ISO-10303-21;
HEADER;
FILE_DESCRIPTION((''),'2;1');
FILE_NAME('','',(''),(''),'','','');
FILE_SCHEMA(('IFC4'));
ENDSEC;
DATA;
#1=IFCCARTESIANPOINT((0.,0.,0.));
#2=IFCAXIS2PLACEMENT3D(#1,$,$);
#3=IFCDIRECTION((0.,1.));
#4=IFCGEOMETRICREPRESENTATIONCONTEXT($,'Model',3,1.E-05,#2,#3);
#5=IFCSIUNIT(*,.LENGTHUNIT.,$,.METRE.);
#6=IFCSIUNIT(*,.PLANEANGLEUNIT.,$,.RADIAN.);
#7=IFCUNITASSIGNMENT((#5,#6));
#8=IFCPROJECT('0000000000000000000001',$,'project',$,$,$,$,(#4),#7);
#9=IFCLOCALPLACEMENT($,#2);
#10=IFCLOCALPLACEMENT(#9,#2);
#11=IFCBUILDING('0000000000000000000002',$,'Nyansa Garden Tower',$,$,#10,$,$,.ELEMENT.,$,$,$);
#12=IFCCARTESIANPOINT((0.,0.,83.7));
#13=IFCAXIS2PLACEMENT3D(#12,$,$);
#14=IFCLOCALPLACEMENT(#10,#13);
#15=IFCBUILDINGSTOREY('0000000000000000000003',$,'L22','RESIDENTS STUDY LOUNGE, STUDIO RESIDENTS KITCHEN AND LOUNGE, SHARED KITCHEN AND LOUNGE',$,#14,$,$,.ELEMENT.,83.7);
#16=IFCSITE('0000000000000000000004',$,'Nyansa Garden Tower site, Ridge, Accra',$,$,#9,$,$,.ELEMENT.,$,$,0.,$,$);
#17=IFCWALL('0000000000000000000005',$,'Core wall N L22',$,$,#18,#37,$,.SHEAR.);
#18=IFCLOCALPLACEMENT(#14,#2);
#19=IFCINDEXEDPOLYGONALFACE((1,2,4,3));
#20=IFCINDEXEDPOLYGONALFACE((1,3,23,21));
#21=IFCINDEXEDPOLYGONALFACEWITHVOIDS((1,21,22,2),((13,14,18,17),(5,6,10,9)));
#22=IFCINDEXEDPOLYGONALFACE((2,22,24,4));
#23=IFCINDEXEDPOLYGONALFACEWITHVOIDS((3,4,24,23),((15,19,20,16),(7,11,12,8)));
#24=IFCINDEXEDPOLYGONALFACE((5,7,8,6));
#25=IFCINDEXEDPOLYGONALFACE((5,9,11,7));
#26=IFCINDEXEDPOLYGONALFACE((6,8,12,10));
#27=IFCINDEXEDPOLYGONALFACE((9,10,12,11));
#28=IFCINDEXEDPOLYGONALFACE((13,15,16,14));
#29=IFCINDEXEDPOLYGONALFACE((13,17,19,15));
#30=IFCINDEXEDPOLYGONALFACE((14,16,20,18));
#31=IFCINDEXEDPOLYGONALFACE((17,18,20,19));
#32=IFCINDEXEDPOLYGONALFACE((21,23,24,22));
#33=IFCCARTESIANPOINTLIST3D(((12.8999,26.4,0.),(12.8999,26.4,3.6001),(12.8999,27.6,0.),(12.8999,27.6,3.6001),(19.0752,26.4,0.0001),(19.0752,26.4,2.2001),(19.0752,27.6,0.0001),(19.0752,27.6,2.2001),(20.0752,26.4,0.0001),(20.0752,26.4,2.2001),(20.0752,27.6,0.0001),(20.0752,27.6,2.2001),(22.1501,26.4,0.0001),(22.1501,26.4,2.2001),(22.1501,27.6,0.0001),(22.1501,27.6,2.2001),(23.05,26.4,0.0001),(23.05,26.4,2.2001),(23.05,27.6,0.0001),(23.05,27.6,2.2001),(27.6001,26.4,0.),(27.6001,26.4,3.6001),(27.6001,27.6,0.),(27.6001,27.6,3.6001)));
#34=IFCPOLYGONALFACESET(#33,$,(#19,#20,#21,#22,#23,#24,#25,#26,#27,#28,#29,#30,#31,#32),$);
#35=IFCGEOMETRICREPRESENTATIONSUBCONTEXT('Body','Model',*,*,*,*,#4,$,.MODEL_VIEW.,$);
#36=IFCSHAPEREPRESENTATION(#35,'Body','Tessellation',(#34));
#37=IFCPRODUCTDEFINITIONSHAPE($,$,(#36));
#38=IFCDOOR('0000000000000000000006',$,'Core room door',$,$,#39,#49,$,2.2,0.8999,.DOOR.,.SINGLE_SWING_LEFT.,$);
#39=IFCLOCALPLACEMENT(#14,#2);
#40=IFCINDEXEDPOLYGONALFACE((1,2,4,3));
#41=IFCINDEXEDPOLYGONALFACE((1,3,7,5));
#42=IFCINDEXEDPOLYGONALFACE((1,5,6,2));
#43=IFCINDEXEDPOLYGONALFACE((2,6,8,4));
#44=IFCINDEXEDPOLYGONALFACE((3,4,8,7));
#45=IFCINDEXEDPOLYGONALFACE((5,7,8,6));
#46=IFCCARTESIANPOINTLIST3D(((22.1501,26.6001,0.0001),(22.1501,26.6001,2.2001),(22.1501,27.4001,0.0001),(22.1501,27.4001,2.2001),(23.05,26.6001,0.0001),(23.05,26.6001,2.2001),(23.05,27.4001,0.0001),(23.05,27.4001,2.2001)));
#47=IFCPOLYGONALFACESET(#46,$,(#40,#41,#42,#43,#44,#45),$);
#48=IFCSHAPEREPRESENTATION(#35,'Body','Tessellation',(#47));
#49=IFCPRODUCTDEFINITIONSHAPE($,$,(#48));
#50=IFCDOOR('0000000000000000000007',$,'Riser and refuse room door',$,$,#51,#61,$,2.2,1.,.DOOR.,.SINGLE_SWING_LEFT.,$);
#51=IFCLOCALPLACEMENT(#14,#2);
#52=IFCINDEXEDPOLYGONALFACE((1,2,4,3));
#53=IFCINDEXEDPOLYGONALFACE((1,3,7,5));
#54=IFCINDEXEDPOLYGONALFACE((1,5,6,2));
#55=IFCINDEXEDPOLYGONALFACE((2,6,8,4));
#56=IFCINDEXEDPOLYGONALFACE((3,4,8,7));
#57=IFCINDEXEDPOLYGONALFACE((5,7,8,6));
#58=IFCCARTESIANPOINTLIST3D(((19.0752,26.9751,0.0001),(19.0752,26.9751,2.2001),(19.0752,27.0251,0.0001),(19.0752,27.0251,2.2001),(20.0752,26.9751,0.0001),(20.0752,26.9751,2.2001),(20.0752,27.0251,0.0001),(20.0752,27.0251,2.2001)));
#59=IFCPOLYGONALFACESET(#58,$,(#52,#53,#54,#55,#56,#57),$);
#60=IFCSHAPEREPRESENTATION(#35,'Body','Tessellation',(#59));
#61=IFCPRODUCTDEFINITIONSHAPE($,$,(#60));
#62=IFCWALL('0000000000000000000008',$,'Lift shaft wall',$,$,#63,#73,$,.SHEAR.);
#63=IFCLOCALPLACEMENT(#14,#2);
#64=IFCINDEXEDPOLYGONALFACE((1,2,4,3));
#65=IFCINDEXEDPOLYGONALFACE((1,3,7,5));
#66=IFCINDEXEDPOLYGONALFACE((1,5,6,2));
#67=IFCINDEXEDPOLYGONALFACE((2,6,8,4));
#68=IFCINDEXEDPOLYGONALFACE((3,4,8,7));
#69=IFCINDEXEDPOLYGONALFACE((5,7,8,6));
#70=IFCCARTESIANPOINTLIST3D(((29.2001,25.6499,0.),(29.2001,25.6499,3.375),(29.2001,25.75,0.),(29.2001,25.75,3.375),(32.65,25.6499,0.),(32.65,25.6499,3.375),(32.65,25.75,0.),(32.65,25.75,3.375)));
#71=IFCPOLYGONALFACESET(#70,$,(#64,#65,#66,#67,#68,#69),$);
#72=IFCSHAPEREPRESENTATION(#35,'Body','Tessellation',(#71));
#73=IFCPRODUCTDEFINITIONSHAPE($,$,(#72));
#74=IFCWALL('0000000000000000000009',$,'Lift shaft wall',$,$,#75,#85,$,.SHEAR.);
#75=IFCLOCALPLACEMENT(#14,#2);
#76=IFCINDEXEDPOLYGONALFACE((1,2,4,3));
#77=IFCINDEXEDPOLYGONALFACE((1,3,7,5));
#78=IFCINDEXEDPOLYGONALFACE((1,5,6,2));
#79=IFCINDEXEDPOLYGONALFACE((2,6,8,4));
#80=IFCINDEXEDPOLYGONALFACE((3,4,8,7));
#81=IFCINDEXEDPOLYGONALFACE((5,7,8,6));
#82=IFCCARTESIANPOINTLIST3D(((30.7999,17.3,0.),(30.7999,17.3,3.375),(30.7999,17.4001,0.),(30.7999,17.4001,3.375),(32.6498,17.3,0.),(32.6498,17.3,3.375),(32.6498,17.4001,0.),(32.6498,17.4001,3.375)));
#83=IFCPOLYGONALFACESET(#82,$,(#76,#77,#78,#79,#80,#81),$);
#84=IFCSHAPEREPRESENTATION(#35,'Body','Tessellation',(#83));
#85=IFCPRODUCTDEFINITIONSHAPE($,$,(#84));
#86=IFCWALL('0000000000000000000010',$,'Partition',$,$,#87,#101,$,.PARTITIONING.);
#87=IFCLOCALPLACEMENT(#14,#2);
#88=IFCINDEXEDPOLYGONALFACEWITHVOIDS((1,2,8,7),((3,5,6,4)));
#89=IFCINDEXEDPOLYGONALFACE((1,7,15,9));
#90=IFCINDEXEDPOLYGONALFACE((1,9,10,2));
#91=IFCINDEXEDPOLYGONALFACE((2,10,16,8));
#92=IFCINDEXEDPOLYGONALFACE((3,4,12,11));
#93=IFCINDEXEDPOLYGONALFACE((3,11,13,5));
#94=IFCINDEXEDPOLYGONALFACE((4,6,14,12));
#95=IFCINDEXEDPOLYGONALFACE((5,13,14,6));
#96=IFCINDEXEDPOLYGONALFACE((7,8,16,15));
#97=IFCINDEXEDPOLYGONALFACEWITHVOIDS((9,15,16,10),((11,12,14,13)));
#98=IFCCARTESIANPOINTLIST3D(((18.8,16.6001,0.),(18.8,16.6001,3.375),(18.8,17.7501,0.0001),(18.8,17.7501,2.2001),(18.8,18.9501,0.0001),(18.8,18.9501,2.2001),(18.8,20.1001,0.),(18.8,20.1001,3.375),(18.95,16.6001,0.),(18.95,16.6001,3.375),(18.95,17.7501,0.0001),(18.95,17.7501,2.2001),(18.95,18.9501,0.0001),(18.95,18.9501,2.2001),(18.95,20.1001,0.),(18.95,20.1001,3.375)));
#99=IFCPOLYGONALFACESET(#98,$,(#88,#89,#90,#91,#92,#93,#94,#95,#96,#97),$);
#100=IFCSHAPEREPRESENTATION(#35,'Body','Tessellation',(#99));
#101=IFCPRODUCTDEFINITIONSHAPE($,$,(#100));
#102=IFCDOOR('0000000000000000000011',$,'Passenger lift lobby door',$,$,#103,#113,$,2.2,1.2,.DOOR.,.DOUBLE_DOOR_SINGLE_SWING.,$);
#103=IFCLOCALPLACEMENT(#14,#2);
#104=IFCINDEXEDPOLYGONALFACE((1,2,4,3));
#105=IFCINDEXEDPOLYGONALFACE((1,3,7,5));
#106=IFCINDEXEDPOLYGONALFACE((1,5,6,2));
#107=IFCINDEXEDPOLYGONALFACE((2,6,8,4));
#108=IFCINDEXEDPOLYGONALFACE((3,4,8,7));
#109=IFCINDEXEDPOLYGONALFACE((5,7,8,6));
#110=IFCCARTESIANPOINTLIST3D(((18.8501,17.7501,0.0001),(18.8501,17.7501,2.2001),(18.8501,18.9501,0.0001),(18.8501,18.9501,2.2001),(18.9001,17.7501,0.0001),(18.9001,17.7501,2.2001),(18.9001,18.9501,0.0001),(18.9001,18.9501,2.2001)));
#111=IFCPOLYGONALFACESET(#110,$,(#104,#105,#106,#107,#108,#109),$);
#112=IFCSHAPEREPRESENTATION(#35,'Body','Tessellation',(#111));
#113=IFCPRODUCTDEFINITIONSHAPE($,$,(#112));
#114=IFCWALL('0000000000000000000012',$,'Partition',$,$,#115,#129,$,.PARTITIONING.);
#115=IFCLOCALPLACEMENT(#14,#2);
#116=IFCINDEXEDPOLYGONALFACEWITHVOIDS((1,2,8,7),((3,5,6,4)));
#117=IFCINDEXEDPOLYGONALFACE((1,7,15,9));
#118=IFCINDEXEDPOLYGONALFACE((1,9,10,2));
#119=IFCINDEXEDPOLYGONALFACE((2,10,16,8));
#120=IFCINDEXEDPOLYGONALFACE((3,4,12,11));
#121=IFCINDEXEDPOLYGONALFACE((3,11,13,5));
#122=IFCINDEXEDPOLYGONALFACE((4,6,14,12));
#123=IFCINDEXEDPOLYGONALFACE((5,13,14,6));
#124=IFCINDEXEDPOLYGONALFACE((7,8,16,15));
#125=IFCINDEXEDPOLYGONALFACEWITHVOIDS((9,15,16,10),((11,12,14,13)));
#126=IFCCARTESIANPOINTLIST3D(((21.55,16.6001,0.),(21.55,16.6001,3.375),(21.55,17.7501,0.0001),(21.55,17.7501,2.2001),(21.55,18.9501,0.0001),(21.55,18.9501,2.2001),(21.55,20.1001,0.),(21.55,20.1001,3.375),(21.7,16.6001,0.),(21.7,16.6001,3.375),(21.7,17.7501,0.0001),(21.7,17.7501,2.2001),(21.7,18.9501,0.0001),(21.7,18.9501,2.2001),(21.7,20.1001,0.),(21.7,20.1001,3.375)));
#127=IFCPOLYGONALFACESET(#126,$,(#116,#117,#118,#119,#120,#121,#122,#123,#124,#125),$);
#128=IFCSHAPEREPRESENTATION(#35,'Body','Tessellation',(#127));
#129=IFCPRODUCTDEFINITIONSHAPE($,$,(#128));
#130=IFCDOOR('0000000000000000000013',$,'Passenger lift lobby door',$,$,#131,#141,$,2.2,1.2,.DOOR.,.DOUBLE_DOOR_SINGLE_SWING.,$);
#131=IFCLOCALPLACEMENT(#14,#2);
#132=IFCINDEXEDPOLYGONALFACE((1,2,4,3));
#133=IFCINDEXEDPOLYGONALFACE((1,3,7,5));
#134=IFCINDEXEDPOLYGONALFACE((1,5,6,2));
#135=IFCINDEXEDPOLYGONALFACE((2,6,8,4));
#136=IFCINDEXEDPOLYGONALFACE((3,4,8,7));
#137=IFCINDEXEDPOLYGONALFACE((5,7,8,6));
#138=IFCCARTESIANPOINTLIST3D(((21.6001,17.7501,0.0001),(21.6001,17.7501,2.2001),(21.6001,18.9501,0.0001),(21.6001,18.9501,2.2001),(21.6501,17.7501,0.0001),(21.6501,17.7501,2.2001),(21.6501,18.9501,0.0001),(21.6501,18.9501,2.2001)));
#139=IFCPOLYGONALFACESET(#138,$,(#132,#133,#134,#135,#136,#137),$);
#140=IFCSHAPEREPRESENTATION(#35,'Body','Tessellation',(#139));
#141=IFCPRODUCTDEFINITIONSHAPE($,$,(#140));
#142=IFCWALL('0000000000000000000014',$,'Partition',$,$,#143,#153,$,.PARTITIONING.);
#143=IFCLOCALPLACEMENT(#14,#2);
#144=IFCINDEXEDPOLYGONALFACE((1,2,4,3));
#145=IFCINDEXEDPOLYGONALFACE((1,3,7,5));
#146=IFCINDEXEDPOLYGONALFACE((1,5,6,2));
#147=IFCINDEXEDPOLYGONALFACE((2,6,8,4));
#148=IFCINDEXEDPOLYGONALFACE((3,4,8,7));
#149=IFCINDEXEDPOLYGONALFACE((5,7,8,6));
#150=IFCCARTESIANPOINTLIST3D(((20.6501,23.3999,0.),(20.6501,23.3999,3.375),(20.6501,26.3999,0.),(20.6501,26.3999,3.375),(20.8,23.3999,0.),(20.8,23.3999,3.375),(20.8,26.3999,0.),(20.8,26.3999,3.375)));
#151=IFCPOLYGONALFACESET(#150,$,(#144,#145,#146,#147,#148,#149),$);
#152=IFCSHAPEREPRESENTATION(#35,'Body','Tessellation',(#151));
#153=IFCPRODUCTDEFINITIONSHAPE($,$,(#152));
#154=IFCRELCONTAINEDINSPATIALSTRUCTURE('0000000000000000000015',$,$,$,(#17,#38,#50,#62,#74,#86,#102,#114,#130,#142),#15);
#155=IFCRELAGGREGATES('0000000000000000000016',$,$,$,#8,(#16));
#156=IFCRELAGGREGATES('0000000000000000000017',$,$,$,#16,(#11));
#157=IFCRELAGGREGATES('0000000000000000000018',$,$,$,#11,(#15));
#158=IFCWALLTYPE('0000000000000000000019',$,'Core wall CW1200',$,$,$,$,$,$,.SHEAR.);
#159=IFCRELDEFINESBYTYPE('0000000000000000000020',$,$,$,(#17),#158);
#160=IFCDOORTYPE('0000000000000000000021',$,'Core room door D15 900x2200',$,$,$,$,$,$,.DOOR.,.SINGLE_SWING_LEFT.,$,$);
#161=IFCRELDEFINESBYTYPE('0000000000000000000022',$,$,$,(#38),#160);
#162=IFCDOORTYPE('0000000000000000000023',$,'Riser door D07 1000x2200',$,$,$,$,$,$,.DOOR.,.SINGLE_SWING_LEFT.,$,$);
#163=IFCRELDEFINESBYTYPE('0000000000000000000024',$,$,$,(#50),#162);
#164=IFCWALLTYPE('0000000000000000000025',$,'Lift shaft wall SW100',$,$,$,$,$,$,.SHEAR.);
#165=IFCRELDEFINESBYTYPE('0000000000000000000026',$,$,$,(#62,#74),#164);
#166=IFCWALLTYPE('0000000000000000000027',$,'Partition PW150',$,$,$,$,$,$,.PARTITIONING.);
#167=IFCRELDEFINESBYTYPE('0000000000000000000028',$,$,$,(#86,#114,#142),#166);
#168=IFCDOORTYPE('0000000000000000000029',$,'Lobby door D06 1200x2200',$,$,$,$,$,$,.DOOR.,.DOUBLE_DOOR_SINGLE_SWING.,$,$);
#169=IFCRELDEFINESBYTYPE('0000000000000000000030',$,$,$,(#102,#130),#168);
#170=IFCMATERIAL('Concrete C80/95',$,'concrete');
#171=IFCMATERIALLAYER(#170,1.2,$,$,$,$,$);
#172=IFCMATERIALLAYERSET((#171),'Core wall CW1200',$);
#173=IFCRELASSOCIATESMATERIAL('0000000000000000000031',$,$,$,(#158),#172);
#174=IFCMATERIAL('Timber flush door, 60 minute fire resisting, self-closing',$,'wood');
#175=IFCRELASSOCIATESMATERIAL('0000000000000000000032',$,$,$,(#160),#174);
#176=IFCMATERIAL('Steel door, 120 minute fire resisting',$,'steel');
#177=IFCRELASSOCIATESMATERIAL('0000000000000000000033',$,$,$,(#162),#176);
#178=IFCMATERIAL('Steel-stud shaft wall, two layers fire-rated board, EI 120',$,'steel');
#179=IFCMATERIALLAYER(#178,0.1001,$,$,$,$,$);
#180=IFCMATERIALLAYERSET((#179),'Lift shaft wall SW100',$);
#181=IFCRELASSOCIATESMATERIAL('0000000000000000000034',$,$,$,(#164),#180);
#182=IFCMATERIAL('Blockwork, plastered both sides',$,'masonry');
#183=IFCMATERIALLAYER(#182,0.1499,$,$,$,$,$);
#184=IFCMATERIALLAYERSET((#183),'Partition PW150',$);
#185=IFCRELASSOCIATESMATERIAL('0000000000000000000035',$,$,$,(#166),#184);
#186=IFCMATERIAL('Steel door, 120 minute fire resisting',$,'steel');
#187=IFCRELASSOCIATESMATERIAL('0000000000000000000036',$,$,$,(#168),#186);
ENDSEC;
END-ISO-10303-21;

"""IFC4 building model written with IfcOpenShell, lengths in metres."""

from ifc_helpers import new_model, si_unit, direction, frame, frame_2d, origin, place, context, subcontext, project, spatial, rectangle, extrude, material, layer, layer_set, type_object, element, fill, save


model = new_model("IFC4")

# Units and contexts
model_context = context("Model", 3, precision=1e-05, world=origin(), true_north=direction((0.0, 1.0)))
body_context = subcontext(model_context, "Body", "Model", "MODEL_VIEW")
ifc_project = project(units=[si_unit("LENGTHUNIT", "METRE"), si_unit("PLANEANGLEUNIT", "RADIAN")], contexts=[model_context])

# Site, building, storey
site_placement = place(None, origin())
site = spatial("IfcSite", under=ifc_project, at=site_placement, Name="Nyansa Garden Tower site, Ridge, Accra", CompositionType="ELEMENT", RefElevation=0.0)
building_placement = place(site_placement, origin())
building = spatial("IfcBuilding", under=site, at=building_placement, Name="Nyansa Garden Tower", CompositionType="ELEMENT")
storey_placement = place(building_placement, frame((0.0, 0.0, 83.7)))
storey = spatial("IfcBuildingStorey", under=building, at=storey_placement, Name="L22", Description="RESIDENTS STUDY LOUNGE, STUDIO RESIDENTS KITCHEN AND LOUNGE, SHARED KITCHEN AND LOUNGE", CompositionType="ELEMENT", Elevation=83.7)

# Wall, openings, doors
ifc_material_1 = material(Name="Concrete C80/95", Category="concrete")
ifc_layer_1 = layer(ifc_material_1, 1.2)
ifc_layer_set_1 = layer_set([ifc_layer_1], Name="Core wall CW1200")
wall_type_1 = type_object("IfcWallType", Name="Core wall CW1200", PredefinedType="SHEAR", material=ifc_layer_set_1)
wall_1_placement = place(storey_placement, frame((27.6001, 27.0, 0.0), z_axis=(0.0, 0.0, 1.0), x_axis=(-1.0, 0.0, 0.0)))
wall_1 = element("IfcWall", 1, at=wall_1_placement, inside=storey, type_object=wall_type_1, Name="Core wall N L22", PredefinedType="SHEAR", context=body_context, shape_type="SweptSolid", body=[
    extrude(rectangle(XDim=14.7002, YDim=1.2, at=frame_2d((7.3501, 0.0))), origin(), (0.0, 0.0, 1.0), 3.6001),
])
opening_1_placement = place(wall_1_placement, frame((4.55, 0.0, 0.0)))
opening_1 = element("IfcOpeningElement", 2, at=opening_1_placement, cuts=wall_1, PredefinedType="OPENING", context=body_context, shape_type="SweptSolid", body=[
    extrude(rectangle(XDim=0.8999, YDim=2.2, at=frame_2d((0.45, 1.1001))), frame((0.0, 0.6099, 0.0), z_axis=(0.0, -1.0, 0.0), x_axis=(1.0, 0.0, 0.0)), (0.0, 0.0, 1.0), 1.22),
])
opening_2_placement = place(wall_1_placement, frame((7.5249, 0.0, 0.0)))
opening_2 = element("IfcOpeningElement", 3, at=opening_2_placement, cuts=wall_1, PredefinedType="OPENING", context=body_context, shape_type="SweptSolid", body=[
    extrude(rectangle(XDim=1.0, YDim=2.2, at=frame_2d((0.5, 1.1001))), frame((0.0, 0.6099, 0.0), z_axis=(0.0, -1.0, 0.0), x_axis=(1.0, 0.0, 0.0)), (0.0, 0.0, 1.0), 1.22),
])
ifc_material_2 = material(Name="Timber flush door, 60 minute fire resisting, self-closing", Category="wood")
door_type_1 = type_object("IfcDoorType", Name="Core room door D15 900x2200", OperationType="SINGLE_SWING_LEFT", PredefinedType="DOOR", material=ifc_material_2)
door_1_placement = place(opening_1_placement, origin())
door_1 = element("IfcDoor", 4, at=door_1_placement, inside=storey, type_object=door_type_1, Name="Core room door", OperationType="SINGLE_SWING_LEFT", OverallHeight=2.2, OverallWidth=0.8999, PredefinedType="DOOR", context=body_context, shape_type="SweptSolid", body=[
    extrude(rectangle(XDim=0.8999, YDim=2.2, at=frame_2d((0.45, 1.1001))), frame((0.0, 0.3999, 0.0), z_axis=(0.0, -1.0, 0.0), x_axis=(1.0, 0.0, 0.0)), (0.0, 0.0, 1.0), 0.8),
])
fill(opening_1, door_1)
ifc_material_3 = material(Name="Steel door, 120 minute fire resisting", Category="steel")
door_type_2 = type_object("IfcDoorType", Name="Riser door D07 1000x2200", OperationType="SINGLE_SWING_LEFT", PredefinedType="DOOR", material=ifc_material_3)
door_2_placement = place(opening_2_placement, origin())
door_2 = element("IfcDoor", 5, at=door_2_placement, inside=storey, type_object=door_type_2, Name="Riser and refuse room door", OperationType="SINGLE_SWING_LEFT", OverallHeight=2.2, OverallWidth=1.0, PredefinedType="DOOR", context=body_context, shape_type="SweptSolid", body=[
    extrude(rectangle(XDim=1.0, YDim=2.2, at=frame_2d((0.5, 1.1001))), frame((0.0, 0.0249, 0.0), z_axis=(0.0, -1.0, 0.0), x_axis=(1.0, 0.0, 0.0)), (0.0, 0.0, 1.0), 0.05),
])
fill(opening_2, door_2)

# Walls
ifc_material_4 = material(Name="Steel-stud shaft wall, two layers fire-rated board, EI 120", Category="steel")
ifc_layer_2 = layer(ifc_material_4, 0.1001)
ifc_layer_set_2 = layer_set([ifc_layer_2], Name="Lift shaft wall SW100")
wall_type_2 = type_object("IfcWallType", Name="Lift shaft wall SW100", PredefinedType="SHEAR", material=ifc_layer_set_2)
wall_2_placement = place(storey_placement, frame((29.2, 25.7, 0.0), z_axis=(0.0, 0.0, 1.0), x_axis=(1.0, 0.0, 0.0)))
element("IfcWall", 6, at=wall_2_placement, inside=storey, type_object=wall_type_2, Name="Lift shaft wall", PredefinedType="SHEAR", context=body_context, shape_type="SweptSolid", body=[
    extrude(rectangle(XDim=3.45, YDim=0.1001, at=frame_2d((1.7251, 0.0))), origin(), (0.0, 0.0, 1.0), 3.375),
])
wall_3_placement = place(storey_placement, frame((30.8, 17.3501, 0.0), z_axis=(0.0, 0.0, 1.0), x_axis=(1.0, 0.0, 0.0)))
element("IfcWall", 7, at=wall_3_placement, inside=storey, type_object=wall_type_2, Name="Lift shaft wall", PredefinedType="SHEAR", context=body_context, shape_type="SweptSolid", body=[
    extrude(rectangle(XDim=1.8499, YDim=0.1001, at=frame_2d((0.9248, 0.0))), origin(), (0.0, 0.0, 1.0), 3.375),
])

# Walls, openings, doors
ifc_material_5 = material(Name="Blockwork, plastered both sides", Category="masonry")
ifc_layer_3 = layer(ifc_material_5, 0.1499)
ifc_layer_set_3 = layer_set([ifc_layer_3], Name="Partition PW150")
wall_type_3 = type_object("IfcWallType", Name="Partition PW150", PredefinedType="PARTITIONING", material=ifc_layer_set_3)
wall_4_placement = place(storey_placement, frame((18.875, 16.6001, 0.0), z_axis=(0.0, 0.0, 1.0), x_axis=(0.0, 1.0, 0.0)))
wall_4 = element("IfcWall", 8, at=wall_4_placement, inside=storey, type_object=wall_type_3, Name="Partition", PredefinedType="PARTITIONING", context=body_context, shape_type="SweptSolid", body=[
    extrude(rectangle(XDim=3.5, YDim=0.1499, at=frame_2d((1.75, 0.0))), origin(), (0.0, 0.0, 1.0), 3.375),
])
opening_3_placement = place(wall_4_placement, frame((1.1499, 0.0, 0.0)))
opening_3 = element("IfcOpeningElement", 9, at=opening_3_placement, cuts=wall_4, PredefinedType="OPENING", context=body_context, shape_type="SweptSolid", body=[
    extrude(rectangle(XDim=1.2, YDim=2.2, at=frame_2d((0.6001, 1.1001))), frame((0.0, 0.085, 0.0), z_axis=(0.0, -1.0, 0.0), x_axis=(1.0, 0.0, 0.0)), (0.0, 0.0, 1.0), 0.1699),
])
ifc_material_6 = material(Name="Steel door, 120 minute fire resisting", Category="steel")
door_type_3 = type_object("IfcDoorType", Name="Lobby door D06 1200x2200", OperationType="DOUBLE_DOOR_SINGLE_SWING", PredefinedType="DOOR", material=ifc_material_6)
door_3_placement = place(opening_3_placement, origin())
door_3 = element("IfcDoor", 10, at=door_3_placement, inside=storey, type_object=door_type_3, Name="Passenger lift lobby door", OperationType="DOUBLE_DOOR_SINGLE_SWING", OverallHeight=2.2, OverallWidth=1.2, PredefinedType="DOOR", context=body_context, shape_type="SweptSolid", body=[
    extrude(rectangle(XDim=1.2, YDim=2.2, at=frame_2d((0.6001, 1.1001))), frame((0.0, 0.0249, 0.0), z_axis=(0.0, -1.0, 0.0), x_axis=(1.0, 0.0, 0.0)), (0.0, 0.0, 1.0), 0.05),
])
fill(opening_3, door_3)
wall_5_placement = place(storey_placement, frame((21.625, 16.6001, 0.0), z_axis=(0.0, 0.0, 1.0), x_axis=(0.0, 1.0, 0.0)))
wall_5 = element("IfcWall", 11, at=wall_5_placement, inside=storey, type_object=wall_type_3, Name="Partition", PredefinedType="PARTITIONING", context=body_context, shape_type="SweptSolid", body=[
    extrude(rectangle(XDim=3.5, YDim=0.1499, at=frame_2d((1.75, 0.0))), origin(), (0.0, 0.0, 1.0), 3.375),
])
opening_4_placement = place(wall_5_placement, frame((1.1499, 0.0, 0.0)))
opening_4 = element("IfcOpeningElement", 12, at=opening_4_placement, cuts=wall_5, PredefinedType="OPENING", context=body_context, shape_type="SweptSolid", body=[
    extrude(rectangle(XDim=1.2, YDim=2.2, at=frame_2d((0.6001, 1.1001))), frame((0.0, 0.085, 0.0), z_axis=(0.0, -1.0, 0.0), x_axis=(1.0, 0.0, 0.0)), (0.0, 0.0, 1.0), 0.1699),
])
door_4_placement = place(opening_4_placement, origin())
door_4 = element("IfcDoor", 13, at=door_4_placement, inside=storey, type_object=door_type_3, Name="Passenger lift lobby door", OperationType="DOUBLE_DOOR_SINGLE_SWING", OverallHeight=2.2, OverallWidth=1.2, PredefinedType="DOOR", context=body_context, shape_type="SweptSolid", body=[
    extrude(rectangle(XDim=1.2, YDim=2.2, at=frame_2d((0.6001, 1.1001))), frame((0.0, 0.0249, 0.0), z_axis=(0.0, -1.0, 0.0), x_axis=(1.0, 0.0, 0.0)), (0.0, 0.0, 1.0), 0.05),
])
fill(opening_4, door_4)

# Wall
wall_6_placement = place(storey_placement, frame((20.7251, 23.3999, 0.0), z_axis=(0.0, 0.0, 1.0), x_axis=(0.0, 1.0, 0.0)))
element("IfcWall", 14, at=wall_6_placement, inside=storey, type_object=wall_type_3, Name="Partition", PredefinedType="PARTITIONING", context=body_context, shape_type="SweptSolid", body=[
    extrude(rectangle(XDim=3.0, YDim=0.1499, at=frame_2d((1.5, 0.0))), origin(), (0.0, 0.0, 1.0), 3.375),
])

save(model, "model.ifc")
